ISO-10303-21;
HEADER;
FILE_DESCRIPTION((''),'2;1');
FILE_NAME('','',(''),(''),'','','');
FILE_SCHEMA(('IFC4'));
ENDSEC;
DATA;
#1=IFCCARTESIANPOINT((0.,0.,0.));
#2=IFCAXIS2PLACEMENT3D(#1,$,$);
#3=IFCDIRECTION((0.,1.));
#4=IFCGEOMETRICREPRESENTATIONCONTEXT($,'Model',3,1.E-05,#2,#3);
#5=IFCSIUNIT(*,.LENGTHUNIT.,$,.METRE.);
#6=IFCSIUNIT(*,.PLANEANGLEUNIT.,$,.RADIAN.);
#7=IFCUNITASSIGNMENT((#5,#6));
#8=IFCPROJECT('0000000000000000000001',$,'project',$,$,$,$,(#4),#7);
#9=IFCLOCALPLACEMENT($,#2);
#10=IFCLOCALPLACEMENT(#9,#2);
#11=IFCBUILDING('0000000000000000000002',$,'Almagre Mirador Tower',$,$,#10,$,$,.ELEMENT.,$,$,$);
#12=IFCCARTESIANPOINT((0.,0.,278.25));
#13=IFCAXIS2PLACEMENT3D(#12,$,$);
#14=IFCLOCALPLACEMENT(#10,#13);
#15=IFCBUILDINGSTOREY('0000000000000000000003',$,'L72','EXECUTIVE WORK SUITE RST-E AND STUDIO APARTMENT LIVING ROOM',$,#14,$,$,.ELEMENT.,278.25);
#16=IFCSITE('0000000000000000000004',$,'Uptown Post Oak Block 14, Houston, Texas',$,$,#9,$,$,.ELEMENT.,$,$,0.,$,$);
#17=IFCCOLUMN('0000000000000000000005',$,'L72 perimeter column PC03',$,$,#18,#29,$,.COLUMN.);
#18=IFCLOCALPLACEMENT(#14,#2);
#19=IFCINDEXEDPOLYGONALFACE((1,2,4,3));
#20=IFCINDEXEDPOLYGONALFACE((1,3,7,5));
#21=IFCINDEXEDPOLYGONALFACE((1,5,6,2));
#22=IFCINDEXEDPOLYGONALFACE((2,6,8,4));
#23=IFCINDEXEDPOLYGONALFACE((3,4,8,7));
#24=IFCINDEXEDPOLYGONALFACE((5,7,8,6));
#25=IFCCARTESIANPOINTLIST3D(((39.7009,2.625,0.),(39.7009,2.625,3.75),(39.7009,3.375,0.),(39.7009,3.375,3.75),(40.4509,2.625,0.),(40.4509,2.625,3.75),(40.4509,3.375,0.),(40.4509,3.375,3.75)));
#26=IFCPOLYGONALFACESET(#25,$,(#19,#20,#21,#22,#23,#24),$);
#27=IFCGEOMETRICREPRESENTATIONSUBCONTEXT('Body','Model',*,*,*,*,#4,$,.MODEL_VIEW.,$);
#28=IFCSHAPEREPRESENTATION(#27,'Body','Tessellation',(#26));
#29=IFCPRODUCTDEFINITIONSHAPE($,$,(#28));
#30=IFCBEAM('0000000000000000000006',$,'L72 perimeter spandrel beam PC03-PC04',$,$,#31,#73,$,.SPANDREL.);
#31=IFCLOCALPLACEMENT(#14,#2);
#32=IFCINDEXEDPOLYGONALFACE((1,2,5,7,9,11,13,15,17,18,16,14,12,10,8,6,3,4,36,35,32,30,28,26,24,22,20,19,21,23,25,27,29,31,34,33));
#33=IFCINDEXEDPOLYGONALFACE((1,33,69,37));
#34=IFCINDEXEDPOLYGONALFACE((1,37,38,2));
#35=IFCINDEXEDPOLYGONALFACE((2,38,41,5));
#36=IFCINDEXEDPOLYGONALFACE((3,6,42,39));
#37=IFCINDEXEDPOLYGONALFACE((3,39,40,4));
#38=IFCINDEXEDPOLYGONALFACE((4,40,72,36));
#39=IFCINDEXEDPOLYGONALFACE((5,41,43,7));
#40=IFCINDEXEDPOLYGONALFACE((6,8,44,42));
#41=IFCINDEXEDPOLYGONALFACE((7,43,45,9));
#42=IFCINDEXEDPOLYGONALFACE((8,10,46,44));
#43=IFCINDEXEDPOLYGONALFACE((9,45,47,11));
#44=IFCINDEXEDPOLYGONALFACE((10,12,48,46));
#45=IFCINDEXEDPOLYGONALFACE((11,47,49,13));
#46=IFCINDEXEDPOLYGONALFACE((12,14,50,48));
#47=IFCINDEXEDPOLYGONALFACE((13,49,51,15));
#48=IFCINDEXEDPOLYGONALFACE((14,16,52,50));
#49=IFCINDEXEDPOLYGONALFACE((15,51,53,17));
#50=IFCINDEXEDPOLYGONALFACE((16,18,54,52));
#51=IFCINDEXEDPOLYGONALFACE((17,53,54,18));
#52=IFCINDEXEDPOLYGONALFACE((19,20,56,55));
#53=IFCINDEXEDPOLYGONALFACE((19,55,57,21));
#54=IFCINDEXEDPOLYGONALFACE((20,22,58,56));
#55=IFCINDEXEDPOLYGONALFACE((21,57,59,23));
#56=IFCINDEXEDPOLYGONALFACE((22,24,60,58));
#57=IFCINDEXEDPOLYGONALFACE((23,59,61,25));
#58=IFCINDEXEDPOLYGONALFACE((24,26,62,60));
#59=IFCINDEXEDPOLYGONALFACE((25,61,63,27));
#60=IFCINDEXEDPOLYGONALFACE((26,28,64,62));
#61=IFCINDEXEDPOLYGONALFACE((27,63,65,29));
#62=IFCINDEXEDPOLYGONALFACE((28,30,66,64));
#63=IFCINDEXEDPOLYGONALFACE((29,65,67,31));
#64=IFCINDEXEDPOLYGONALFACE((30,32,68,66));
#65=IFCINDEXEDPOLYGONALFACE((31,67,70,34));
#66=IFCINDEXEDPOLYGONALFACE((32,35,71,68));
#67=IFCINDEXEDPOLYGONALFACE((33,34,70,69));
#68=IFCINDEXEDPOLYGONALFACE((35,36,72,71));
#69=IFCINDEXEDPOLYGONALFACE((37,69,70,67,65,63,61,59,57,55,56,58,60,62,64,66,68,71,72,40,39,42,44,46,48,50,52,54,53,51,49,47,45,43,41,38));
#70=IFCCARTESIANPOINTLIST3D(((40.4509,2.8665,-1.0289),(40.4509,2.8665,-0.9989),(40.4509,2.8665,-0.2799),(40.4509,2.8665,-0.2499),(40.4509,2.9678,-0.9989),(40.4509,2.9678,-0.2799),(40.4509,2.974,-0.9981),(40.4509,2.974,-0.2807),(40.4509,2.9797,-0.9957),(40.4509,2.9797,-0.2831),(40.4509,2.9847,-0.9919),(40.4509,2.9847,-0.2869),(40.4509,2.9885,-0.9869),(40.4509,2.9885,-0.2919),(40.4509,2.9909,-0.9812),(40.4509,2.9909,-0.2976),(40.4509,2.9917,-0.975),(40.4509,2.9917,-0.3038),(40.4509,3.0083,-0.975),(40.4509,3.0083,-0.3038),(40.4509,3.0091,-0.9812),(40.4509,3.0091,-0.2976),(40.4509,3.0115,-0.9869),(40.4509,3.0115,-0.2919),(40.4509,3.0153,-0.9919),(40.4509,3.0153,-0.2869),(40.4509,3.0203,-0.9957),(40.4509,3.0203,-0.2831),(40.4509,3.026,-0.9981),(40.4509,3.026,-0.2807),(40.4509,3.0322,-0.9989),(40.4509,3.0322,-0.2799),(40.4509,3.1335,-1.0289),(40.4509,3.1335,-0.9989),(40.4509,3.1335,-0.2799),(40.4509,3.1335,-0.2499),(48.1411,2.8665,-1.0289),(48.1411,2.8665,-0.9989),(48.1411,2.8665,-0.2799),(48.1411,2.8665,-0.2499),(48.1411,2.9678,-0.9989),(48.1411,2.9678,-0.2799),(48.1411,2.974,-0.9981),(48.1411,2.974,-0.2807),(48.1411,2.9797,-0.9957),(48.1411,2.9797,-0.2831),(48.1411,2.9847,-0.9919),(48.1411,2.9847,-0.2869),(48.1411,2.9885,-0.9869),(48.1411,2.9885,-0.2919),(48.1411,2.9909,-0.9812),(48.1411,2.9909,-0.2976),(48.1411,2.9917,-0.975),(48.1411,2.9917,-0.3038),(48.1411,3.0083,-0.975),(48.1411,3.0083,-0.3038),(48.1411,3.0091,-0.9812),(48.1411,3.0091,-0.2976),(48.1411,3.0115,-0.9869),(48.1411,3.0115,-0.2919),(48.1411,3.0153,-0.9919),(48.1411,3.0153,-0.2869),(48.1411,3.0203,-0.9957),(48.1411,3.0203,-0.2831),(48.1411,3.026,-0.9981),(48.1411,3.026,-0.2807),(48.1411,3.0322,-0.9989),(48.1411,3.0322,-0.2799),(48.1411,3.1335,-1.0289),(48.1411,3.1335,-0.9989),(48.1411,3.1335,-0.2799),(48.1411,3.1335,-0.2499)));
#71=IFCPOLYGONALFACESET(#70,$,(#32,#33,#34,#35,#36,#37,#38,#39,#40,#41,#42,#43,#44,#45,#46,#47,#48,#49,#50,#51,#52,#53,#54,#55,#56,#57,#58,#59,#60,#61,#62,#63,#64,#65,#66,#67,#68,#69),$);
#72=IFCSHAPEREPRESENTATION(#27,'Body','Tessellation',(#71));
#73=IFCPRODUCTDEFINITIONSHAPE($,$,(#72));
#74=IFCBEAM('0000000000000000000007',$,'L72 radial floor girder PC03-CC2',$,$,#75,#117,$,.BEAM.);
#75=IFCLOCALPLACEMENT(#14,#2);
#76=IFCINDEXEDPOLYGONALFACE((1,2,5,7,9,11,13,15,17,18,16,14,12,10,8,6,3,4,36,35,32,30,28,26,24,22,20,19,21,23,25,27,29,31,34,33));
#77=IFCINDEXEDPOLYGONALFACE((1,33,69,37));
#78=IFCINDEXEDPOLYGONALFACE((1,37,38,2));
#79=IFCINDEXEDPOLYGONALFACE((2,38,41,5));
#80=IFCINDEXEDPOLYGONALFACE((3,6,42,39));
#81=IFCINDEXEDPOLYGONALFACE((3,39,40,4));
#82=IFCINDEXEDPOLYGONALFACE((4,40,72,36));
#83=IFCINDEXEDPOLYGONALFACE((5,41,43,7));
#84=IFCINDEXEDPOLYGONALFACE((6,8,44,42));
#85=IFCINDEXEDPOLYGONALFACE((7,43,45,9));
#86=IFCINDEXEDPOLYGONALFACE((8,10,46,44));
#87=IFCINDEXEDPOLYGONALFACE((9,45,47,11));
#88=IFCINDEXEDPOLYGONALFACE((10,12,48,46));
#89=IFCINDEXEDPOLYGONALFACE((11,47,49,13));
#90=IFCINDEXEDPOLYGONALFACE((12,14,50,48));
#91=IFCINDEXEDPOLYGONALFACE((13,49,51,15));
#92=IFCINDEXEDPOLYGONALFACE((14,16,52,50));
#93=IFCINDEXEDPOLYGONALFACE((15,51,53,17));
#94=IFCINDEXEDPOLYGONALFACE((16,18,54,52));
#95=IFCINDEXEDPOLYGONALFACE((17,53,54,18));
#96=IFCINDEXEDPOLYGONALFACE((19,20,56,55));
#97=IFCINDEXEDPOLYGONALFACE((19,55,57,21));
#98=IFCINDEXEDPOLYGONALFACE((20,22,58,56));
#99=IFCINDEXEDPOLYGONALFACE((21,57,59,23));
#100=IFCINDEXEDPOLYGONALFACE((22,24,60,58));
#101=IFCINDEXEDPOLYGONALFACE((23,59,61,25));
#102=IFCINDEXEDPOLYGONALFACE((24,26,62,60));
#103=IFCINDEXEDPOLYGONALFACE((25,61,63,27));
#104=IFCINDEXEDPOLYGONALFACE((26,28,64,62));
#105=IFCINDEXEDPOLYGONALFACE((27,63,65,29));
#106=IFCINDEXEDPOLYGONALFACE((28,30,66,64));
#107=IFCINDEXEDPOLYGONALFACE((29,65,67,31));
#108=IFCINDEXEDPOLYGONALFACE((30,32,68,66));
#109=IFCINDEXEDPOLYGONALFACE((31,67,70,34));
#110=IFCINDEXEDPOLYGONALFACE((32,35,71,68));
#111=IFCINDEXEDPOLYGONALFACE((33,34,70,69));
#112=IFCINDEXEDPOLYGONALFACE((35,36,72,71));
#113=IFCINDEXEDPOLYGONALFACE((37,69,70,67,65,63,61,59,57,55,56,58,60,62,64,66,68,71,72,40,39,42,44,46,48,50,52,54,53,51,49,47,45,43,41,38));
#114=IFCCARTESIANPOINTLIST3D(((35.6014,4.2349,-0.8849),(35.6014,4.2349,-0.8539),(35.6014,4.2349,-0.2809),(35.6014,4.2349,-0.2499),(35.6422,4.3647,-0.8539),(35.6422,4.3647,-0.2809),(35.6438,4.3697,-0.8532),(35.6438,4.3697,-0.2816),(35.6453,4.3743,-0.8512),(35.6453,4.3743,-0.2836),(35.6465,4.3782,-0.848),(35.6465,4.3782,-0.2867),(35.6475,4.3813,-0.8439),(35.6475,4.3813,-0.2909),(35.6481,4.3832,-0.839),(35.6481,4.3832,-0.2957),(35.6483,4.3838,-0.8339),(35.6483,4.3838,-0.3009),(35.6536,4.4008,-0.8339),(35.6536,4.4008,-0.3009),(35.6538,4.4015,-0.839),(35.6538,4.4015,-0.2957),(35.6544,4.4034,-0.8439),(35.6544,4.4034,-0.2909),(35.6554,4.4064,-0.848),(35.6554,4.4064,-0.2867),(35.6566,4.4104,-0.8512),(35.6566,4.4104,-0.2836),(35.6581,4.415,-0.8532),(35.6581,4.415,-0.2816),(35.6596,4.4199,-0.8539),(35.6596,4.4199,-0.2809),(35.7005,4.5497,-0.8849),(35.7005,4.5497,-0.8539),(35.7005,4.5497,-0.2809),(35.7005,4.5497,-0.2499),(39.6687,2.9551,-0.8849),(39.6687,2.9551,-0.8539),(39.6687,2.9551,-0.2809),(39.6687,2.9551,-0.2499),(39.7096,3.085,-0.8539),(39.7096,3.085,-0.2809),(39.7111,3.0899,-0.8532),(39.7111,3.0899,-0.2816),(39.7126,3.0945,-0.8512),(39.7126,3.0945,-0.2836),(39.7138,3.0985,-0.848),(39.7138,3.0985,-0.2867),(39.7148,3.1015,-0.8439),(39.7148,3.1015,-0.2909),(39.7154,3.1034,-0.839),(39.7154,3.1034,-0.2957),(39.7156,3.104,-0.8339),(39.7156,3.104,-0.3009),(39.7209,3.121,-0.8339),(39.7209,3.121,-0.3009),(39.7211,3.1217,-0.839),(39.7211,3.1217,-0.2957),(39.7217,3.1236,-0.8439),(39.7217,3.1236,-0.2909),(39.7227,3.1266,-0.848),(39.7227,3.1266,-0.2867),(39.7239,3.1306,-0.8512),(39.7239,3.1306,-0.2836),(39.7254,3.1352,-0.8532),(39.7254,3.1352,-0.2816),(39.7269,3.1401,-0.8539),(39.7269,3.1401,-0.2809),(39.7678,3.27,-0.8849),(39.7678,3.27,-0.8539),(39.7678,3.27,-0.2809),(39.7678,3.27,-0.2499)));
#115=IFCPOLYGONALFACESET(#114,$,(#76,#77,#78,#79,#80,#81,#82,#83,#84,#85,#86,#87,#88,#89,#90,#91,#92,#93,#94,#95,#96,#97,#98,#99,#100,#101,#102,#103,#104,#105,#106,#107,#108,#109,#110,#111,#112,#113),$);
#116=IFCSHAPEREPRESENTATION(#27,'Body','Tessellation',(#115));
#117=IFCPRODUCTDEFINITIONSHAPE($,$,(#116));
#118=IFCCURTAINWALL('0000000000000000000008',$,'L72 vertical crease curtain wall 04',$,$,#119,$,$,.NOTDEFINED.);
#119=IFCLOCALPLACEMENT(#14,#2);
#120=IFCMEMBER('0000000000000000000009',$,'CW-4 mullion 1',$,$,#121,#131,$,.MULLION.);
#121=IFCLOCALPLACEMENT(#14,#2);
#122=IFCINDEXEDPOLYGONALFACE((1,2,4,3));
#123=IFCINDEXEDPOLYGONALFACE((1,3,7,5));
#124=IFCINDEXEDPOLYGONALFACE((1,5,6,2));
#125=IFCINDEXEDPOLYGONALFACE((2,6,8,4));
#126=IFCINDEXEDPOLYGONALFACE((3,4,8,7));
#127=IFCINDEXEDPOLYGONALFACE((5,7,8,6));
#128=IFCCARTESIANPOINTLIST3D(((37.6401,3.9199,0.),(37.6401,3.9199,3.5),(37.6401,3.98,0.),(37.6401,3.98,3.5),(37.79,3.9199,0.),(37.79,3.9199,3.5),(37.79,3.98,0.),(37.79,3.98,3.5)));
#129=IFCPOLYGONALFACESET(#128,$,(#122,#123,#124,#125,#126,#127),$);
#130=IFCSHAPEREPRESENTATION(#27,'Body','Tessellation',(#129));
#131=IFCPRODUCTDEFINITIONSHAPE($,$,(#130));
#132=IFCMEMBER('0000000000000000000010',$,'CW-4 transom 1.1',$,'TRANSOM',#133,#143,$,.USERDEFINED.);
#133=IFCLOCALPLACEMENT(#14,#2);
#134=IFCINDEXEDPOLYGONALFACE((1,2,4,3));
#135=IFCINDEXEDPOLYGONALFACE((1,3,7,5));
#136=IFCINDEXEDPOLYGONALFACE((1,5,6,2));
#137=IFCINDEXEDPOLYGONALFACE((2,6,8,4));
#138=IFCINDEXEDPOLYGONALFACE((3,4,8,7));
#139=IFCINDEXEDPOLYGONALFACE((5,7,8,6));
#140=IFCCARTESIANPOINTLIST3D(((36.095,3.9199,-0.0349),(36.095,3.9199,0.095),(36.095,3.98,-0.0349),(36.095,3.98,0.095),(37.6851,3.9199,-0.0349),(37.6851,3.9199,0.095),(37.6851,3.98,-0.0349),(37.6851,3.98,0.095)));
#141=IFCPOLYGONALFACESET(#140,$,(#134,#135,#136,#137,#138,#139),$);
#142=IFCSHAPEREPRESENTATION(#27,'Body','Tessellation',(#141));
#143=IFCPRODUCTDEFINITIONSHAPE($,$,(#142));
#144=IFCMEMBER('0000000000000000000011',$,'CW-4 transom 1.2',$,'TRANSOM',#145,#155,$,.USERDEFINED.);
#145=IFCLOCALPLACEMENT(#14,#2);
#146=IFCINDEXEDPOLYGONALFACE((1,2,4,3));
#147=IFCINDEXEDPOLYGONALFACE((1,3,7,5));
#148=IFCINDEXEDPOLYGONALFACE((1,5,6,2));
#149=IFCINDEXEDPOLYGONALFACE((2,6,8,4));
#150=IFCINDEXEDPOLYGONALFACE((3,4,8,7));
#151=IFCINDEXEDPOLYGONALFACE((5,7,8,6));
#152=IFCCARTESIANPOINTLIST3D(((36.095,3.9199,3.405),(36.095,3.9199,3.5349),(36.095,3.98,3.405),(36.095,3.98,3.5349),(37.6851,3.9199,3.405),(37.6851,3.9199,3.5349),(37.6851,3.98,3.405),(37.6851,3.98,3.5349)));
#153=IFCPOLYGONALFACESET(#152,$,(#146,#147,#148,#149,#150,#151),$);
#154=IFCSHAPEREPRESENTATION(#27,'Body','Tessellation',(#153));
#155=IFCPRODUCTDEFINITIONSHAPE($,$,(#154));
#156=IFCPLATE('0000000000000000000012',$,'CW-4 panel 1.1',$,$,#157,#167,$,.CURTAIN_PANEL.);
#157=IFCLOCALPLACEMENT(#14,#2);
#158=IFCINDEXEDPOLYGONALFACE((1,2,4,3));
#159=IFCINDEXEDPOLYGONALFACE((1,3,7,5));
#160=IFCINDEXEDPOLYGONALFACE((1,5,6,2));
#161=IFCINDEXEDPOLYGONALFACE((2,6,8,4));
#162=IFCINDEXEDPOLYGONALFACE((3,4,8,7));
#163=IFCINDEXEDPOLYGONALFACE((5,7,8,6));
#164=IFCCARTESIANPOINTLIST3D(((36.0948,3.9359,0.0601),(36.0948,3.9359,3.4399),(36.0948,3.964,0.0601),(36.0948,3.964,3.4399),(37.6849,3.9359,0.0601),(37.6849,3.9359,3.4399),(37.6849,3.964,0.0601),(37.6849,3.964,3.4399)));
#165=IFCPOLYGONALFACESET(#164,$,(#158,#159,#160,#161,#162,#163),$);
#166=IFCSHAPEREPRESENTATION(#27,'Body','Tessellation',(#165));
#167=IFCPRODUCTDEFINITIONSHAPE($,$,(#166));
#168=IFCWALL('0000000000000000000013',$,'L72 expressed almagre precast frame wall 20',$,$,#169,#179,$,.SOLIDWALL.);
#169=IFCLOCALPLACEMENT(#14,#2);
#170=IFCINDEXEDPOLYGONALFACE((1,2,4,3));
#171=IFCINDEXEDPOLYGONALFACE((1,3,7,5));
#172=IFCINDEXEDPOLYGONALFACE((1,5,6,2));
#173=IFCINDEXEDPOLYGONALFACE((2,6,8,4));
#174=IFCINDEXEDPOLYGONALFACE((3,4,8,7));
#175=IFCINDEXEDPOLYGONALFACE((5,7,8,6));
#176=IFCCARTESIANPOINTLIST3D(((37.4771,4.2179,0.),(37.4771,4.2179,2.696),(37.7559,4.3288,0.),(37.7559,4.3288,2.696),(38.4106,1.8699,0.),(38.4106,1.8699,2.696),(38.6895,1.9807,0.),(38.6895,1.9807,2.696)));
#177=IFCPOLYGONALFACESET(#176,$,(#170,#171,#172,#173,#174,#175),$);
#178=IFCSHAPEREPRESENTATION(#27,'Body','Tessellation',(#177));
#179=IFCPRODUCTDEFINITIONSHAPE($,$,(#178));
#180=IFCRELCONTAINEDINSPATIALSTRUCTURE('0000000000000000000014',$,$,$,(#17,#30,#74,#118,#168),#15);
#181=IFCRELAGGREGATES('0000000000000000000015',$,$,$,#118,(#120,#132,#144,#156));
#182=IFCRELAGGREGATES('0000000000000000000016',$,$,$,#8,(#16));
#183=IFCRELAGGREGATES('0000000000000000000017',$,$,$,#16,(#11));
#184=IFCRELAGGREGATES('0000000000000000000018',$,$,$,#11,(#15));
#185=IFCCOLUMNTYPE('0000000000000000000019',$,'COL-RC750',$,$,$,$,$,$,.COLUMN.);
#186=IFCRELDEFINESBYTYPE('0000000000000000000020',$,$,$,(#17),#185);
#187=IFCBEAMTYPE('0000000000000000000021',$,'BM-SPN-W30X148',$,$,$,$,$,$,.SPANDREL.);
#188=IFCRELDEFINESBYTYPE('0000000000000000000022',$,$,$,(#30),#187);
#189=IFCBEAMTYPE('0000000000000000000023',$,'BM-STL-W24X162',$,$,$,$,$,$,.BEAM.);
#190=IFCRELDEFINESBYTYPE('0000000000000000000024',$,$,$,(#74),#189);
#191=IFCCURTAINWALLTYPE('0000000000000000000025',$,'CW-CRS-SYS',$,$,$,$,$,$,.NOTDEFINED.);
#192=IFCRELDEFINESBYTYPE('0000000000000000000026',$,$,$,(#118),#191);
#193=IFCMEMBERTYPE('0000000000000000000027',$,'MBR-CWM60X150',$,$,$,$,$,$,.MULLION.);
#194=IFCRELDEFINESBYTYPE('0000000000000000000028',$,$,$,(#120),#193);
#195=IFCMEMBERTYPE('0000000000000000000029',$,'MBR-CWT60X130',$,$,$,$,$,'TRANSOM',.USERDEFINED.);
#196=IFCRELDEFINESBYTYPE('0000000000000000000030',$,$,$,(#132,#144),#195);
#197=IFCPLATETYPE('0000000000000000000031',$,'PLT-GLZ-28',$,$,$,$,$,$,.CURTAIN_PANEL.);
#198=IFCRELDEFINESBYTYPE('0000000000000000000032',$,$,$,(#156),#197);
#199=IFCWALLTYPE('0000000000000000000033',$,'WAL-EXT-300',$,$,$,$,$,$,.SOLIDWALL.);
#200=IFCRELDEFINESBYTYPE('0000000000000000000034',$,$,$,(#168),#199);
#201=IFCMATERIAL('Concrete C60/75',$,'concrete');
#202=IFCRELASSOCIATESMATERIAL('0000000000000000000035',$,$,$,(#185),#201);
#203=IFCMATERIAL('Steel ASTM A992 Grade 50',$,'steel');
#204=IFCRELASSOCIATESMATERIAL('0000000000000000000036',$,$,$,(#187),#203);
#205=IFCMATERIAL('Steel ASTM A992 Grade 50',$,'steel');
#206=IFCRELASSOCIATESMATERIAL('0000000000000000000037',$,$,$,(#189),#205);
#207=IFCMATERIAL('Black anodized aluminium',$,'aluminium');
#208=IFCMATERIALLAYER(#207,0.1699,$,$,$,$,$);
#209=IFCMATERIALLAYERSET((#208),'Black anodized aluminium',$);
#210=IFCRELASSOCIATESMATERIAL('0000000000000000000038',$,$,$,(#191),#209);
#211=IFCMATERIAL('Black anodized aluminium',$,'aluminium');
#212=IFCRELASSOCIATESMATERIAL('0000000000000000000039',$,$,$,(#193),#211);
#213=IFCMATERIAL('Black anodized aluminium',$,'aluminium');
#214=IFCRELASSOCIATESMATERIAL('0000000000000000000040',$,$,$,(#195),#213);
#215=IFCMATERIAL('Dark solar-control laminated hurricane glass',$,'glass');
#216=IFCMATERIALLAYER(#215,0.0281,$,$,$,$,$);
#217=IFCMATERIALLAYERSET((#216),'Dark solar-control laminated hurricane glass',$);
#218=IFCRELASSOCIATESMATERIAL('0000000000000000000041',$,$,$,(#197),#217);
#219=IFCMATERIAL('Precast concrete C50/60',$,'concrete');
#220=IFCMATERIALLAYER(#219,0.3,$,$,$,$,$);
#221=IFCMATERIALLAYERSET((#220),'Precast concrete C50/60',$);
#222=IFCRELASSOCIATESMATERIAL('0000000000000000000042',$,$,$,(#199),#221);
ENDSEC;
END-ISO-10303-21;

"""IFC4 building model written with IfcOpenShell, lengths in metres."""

from ifc_helpers import new_model, si_unit, direction, frame, frame_2d, origin, origin_2d, place, context, subcontext, project, spatial, rectangle, i_section, extrude, material, layer, layer_set, material_profile, profile_set, type_object, element, aggregate, save


model = new_model("IFC4")

# Units and contexts
model_context = context("Model", 3, precision=1e-05, world=origin(), true_north=direction((0.0, 1.0)))
body_context = subcontext(model_context, "Body", "Model", "MODEL_VIEW")
ifc_project = project(units=[si_unit("LENGTHUNIT", "METRE"), si_unit("PLANEANGLEUNIT", "RADIAN")], contexts=[model_context])

# Site, building, storey
site_placement = place(None, origin())
site = spatial("IfcSite", under=ifc_project, at=site_placement, Name="Uptown Post Oak Block 14, Houston, Texas", CompositionType="ELEMENT", RefElevation=0.0)
building_placement = place(site_placement, origin())
building = spatial("IfcBuilding", under=site, at=building_placement, Name="Almagre Mirador Tower", CompositionType="ELEMENT")
storey_placement = place(building_placement, frame((0.0, 0.0, 278.25)))
storey = spatial("IfcBuildingStorey", under=building, at=storey_placement, Name="L72", Description="EXECUTIVE WORK SUITE RST-E AND STUDIO APARTMENT LIVING ROOM", CompositionType="ELEMENT", Elevation=278.25)

# Column
ifc_material_1 = material(Name="Concrete C60/75", Category="concrete")
ifc_material_profile_1 = material_profile(ifc_material_1, rectangle(XDim=0.75, YDim=0.75, at=origin_2d()), Name="RC750X750")
ifc_profile_set_1 = profile_set([ifc_material_profile_1], Name="Concrete C60/75")
column_type = type_object("IfcColumnType", Name="COL-RC750", PredefinedType="COLUMN", material=ifc_profile_set_1)
column_placement = place(storey_placement, frame((40.0759, 3.0, 0.0), z_axis=(0.0, 0.0, 1.0), x_axis=(1.0, 0.0, 0.0)))
element("IfcColumn", 1, at=column_placement, inside=storey, type_object=column_type, Name="L72 perimeter column PC03", PredefinedType="COLUMN", context=body_context, shape_type="SweptSolid", body=[
    extrude(rectangle(XDim=0.75, YDim=0.75, at=origin_2d()), origin(), (0.0, 0.0, 1.0), 3.75),
])

# Beams
ifc_material_2 = material(Name="Steel ASTM A992 Grade 50", Category="steel")
ifc_material_profile_2 = material_profile(ifc_material_2, i_section(OverallWidth=0.2671, OverallDepth=0.7791, WebThickness=0.0166, FlangeThickness=0.03, FilletRadius=0.0239, at=origin_2d()), Name="W30X148")
ifc_profile_set_2 = profile_set([ifc_material_profile_2], Name="Steel ASTM A992 Grade 50")
beam_type_1 = type_object("IfcBeamType", Name="BM-SPN-W30X148", PredefinedType="SPANDREL", material=ifc_profile_set_2)
beam_1_placement = place(storey_placement, frame((40.4509, 3.0, -0.6394), z_axis=(1.0, 0.0, 0.0), x_axis=(0.0, 1.0, 0.0)))
element("IfcBeam", 2, at=beam_1_placement, inside=storey, type_object=beam_type_1, Name="L72 perimeter spandrel beam PC03-PC04", PredefinedType="SPANDREL", context=body_context, shape_type="SweptSolid", body=[
    extrude(i_section(OverallWidth=0.2671, OverallDepth=0.7791, WebThickness=0.0166, FlangeThickness=0.03, FilletRadius=0.0239, at=origin_2d()), origin(), (0.0, 0.0, 1.0), 7.6902),
])
ifc_material_3 = material(Name="Steel ASTM A992 Grade 50", Category="steel")
ifc_material_profile_3 = material_profile(ifc_material_3, i_section(OverallWidth=0.3301, OverallDepth=0.635, WebThickness=0.0178, FlangeThickness=0.031, FilletRadius=0.02, at=origin_2d()), Name="W24X162")
ifc_profile_set_3 = profile_set([ifc_material_profile_3], Name="Steel ASTM A992 Grade 50")
beam_type_2 = type_object("IfcBeamType", Name="BM-STL-W24X162", PredefinedType="BEAM", material=ifc_profile_set_3)
beam_2_placement = place(storey_placement, frame((39.7183, 3.1125, -0.5674), z_axis=(-0.953895, 0.300139, 0.0), x_axis=(-0.300139, -0.953895, 0.0)))
element("IfcBeam", 3, at=beam_2_placement, inside=storey, type_object=beam_type_2, Name="L72 radial floor girder PC03-CC2", PredefinedType="BEAM", context=body_context, shape_type="SweptSolid", body=[
    extrude(i_section(OverallWidth=0.3301, OverallDepth=0.635, WebThickness=0.0178, FlangeThickness=0.031, FilletRadius=0.02, at=origin_2d()), origin(), (0.0, 0.0, 1.0), 4.2639),
])

# Curtain wall, members, plate
ifc_material_4 = material(Name="Black anodized aluminium", Category="aluminium")
ifc_layer_1 = layer(ifc_material_4, 0.1699)
ifc_layer_set_1 = layer_set([ifc_layer_1], Name="Black anodized aluminium")
curtain_wall_type = type_object("IfcCurtainWallType", Name="CW-CRS-SYS", PredefinedType="NOTDEFINED", material=ifc_layer_set_1)
curtain_wall_placement = place(storey_placement, origin())
curtain_wall = element("IfcCurtainWall", 4, at=curtain_wall_placement, inside=storey, type_object=curtain_wall_type, Name="L72 vertical crease curtain wall 04", PredefinedType="NOTDEFINED")
ifc_material_5 = material(Name="Black anodized aluminium", Category="aluminium")
ifc_material_profile_4 = material_profile(ifc_material_5, rectangle(XDim=0.0601, YDim=0.1499, at=origin_2d()), Name="CWM60X150")
ifc_profile_set_4 = profile_set([ifc_material_profile_4], Name="Black anodized aluminium")
member_type_1 = type_object("IfcMemberType", Name="MBR-CWM60X150", PredefinedType="MULLION", material=ifc_profile_set_4)
member_1_placement = place(storey_placement, frame((37.7151, 3.95, 0.0), z_axis=(0.0, 0.0, 1.0), x_axis=(0.0, -1.0, 0.0)))
member_1 = element("IfcMember", 5, at=member_1_placement, type_object=member_type_1, Name="CW-4 mullion 1", PredefinedType="MULLION", context=body_context, shape_type="SweptSolid", body=[
    extrude(rectangle(XDim=0.0601, YDim=0.1499, at=origin_2d()), origin(), (0.0, 0.0, 1.0), 3.5),
])
ifc_material_6 = material(Name="Black anodized aluminium", Category="aluminium")
ifc_material_profile_5 = material_profile(ifc_material_6, rectangle(XDim=0.0601, YDim=0.1299, at=origin_2d()), Name="CWT60X130")
ifc_profile_set_5 = profile_set([ifc_material_profile_5], Name="Black anodized aluminium")
member_type_2 = type_object("IfcMemberType", Name="MBR-CWT60X130", ElementType="TRANSOM", PredefinedType="USERDEFINED", material=ifc_profile_set_5)
member_2_placement = place(storey_placement, frame((37.6851, 3.95, 0.03), z_axis=(-1.0, 0.0, 0.0), x_axis=(0.0, -1.0, 0.0)))
member_2 = element("IfcMember", 6, at=member_2_placement, type_object=member_type_2, Name="CW-4 transom 1.1", ObjectType="TRANSOM", PredefinedType="USERDEFINED", context=body_context, shape_type="SweptSolid", body=[
    extrude(rectangle(XDim=0.0601, YDim=0.1299, at=origin_2d()), origin(), (0.0, 0.0, 1.0), 1.5901),
])
member_3_placement = place(storey_placement, frame((37.6851, 3.95, 3.47), z_axis=(-1.0, 0.0, 0.0), x_axis=(0.0, -1.0, 0.0)))
member_3 = element("IfcMember", 7, at=member_3_placement, type_object=member_type_2, Name="CW-4 transom 1.2", ObjectType="TRANSOM", PredefinedType="USERDEFINED", context=body_context, shape_type="SweptSolid", body=[
    extrude(rectangle(XDim=0.0601, YDim=0.1299, at=origin_2d()), origin(), (0.0, 0.0, 1.0), 1.5901),
])
ifc_material_7 = material(Name="Dark solar-control laminated hurricane glass", Category="glass")
ifc_layer_2 = layer(ifc_material_7, 0.0281)
ifc_layer_set_2 = layer_set([ifc_layer_2], Name="Dark solar-control laminated hurricane glass")
plate_type = type_object("IfcPlateType", Name="PLT-GLZ-28", PredefinedType="CURTAIN_PANEL", material=ifc_layer_set_2)
plate_placement = place(storey_placement, frame((36.8899, 3.95, 0.0601), z_axis=(0.0, 0.0, 1.0), x_axis=(-1.0, 0.0, 0.0)))
plate = element("IfcPlate", 8, at=plate_placement, type_object=plate_type, Name="CW-4 panel 1.1", PredefinedType="CURTAIN_PANEL", context=body_context, shape_type="SweptSolid", body=[
    extrude(rectangle(XDim=1.5901, YDim=0.0281, at=origin_2d()), origin(), (0.0, 0.0, 1.0), 3.3799),
])
aggregate(curtain_wall, [member_1, member_2, member_3, plate])

# Wall
ifc_material_8 = material(Name="Precast concrete C50/60", Category="concrete")
ifc_layer_3 = layer(ifc_material_8, 0.3)
ifc_layer_set_3 = layer_set([ifc_layer_3], Name="Precast concrete C50/60")
wall_type_1 = type_object("IfcWallType", Name="WAL-EXT-300", PredefinedType="SOLIDWALL", material=ifc_layer_set_3)
wall_1_placement = place(storey_placement, frame((38.55, 1.9253, 0.0), z_axis=(0.0, 0.0, 1.0), x_axis=(-0.369458, 0.929248, 0.0)))
element("IfcWall", 9, at=wall_1_placement, inside=storey, type_object=wall_type_1, Name="L72 expressed almagre precast frame wall 20", PredefinedType="SOLIDWALL", context=body_context, shape_type="SweptSolid", body=[
    extrude(rectangle(XDim=2.5269, YDim=0.3, at=frame_2d((1.2634, 0.0))), origin(), (0.0, 0.0, 1.0), 2.696),
])

save(model, "model.ifc")
